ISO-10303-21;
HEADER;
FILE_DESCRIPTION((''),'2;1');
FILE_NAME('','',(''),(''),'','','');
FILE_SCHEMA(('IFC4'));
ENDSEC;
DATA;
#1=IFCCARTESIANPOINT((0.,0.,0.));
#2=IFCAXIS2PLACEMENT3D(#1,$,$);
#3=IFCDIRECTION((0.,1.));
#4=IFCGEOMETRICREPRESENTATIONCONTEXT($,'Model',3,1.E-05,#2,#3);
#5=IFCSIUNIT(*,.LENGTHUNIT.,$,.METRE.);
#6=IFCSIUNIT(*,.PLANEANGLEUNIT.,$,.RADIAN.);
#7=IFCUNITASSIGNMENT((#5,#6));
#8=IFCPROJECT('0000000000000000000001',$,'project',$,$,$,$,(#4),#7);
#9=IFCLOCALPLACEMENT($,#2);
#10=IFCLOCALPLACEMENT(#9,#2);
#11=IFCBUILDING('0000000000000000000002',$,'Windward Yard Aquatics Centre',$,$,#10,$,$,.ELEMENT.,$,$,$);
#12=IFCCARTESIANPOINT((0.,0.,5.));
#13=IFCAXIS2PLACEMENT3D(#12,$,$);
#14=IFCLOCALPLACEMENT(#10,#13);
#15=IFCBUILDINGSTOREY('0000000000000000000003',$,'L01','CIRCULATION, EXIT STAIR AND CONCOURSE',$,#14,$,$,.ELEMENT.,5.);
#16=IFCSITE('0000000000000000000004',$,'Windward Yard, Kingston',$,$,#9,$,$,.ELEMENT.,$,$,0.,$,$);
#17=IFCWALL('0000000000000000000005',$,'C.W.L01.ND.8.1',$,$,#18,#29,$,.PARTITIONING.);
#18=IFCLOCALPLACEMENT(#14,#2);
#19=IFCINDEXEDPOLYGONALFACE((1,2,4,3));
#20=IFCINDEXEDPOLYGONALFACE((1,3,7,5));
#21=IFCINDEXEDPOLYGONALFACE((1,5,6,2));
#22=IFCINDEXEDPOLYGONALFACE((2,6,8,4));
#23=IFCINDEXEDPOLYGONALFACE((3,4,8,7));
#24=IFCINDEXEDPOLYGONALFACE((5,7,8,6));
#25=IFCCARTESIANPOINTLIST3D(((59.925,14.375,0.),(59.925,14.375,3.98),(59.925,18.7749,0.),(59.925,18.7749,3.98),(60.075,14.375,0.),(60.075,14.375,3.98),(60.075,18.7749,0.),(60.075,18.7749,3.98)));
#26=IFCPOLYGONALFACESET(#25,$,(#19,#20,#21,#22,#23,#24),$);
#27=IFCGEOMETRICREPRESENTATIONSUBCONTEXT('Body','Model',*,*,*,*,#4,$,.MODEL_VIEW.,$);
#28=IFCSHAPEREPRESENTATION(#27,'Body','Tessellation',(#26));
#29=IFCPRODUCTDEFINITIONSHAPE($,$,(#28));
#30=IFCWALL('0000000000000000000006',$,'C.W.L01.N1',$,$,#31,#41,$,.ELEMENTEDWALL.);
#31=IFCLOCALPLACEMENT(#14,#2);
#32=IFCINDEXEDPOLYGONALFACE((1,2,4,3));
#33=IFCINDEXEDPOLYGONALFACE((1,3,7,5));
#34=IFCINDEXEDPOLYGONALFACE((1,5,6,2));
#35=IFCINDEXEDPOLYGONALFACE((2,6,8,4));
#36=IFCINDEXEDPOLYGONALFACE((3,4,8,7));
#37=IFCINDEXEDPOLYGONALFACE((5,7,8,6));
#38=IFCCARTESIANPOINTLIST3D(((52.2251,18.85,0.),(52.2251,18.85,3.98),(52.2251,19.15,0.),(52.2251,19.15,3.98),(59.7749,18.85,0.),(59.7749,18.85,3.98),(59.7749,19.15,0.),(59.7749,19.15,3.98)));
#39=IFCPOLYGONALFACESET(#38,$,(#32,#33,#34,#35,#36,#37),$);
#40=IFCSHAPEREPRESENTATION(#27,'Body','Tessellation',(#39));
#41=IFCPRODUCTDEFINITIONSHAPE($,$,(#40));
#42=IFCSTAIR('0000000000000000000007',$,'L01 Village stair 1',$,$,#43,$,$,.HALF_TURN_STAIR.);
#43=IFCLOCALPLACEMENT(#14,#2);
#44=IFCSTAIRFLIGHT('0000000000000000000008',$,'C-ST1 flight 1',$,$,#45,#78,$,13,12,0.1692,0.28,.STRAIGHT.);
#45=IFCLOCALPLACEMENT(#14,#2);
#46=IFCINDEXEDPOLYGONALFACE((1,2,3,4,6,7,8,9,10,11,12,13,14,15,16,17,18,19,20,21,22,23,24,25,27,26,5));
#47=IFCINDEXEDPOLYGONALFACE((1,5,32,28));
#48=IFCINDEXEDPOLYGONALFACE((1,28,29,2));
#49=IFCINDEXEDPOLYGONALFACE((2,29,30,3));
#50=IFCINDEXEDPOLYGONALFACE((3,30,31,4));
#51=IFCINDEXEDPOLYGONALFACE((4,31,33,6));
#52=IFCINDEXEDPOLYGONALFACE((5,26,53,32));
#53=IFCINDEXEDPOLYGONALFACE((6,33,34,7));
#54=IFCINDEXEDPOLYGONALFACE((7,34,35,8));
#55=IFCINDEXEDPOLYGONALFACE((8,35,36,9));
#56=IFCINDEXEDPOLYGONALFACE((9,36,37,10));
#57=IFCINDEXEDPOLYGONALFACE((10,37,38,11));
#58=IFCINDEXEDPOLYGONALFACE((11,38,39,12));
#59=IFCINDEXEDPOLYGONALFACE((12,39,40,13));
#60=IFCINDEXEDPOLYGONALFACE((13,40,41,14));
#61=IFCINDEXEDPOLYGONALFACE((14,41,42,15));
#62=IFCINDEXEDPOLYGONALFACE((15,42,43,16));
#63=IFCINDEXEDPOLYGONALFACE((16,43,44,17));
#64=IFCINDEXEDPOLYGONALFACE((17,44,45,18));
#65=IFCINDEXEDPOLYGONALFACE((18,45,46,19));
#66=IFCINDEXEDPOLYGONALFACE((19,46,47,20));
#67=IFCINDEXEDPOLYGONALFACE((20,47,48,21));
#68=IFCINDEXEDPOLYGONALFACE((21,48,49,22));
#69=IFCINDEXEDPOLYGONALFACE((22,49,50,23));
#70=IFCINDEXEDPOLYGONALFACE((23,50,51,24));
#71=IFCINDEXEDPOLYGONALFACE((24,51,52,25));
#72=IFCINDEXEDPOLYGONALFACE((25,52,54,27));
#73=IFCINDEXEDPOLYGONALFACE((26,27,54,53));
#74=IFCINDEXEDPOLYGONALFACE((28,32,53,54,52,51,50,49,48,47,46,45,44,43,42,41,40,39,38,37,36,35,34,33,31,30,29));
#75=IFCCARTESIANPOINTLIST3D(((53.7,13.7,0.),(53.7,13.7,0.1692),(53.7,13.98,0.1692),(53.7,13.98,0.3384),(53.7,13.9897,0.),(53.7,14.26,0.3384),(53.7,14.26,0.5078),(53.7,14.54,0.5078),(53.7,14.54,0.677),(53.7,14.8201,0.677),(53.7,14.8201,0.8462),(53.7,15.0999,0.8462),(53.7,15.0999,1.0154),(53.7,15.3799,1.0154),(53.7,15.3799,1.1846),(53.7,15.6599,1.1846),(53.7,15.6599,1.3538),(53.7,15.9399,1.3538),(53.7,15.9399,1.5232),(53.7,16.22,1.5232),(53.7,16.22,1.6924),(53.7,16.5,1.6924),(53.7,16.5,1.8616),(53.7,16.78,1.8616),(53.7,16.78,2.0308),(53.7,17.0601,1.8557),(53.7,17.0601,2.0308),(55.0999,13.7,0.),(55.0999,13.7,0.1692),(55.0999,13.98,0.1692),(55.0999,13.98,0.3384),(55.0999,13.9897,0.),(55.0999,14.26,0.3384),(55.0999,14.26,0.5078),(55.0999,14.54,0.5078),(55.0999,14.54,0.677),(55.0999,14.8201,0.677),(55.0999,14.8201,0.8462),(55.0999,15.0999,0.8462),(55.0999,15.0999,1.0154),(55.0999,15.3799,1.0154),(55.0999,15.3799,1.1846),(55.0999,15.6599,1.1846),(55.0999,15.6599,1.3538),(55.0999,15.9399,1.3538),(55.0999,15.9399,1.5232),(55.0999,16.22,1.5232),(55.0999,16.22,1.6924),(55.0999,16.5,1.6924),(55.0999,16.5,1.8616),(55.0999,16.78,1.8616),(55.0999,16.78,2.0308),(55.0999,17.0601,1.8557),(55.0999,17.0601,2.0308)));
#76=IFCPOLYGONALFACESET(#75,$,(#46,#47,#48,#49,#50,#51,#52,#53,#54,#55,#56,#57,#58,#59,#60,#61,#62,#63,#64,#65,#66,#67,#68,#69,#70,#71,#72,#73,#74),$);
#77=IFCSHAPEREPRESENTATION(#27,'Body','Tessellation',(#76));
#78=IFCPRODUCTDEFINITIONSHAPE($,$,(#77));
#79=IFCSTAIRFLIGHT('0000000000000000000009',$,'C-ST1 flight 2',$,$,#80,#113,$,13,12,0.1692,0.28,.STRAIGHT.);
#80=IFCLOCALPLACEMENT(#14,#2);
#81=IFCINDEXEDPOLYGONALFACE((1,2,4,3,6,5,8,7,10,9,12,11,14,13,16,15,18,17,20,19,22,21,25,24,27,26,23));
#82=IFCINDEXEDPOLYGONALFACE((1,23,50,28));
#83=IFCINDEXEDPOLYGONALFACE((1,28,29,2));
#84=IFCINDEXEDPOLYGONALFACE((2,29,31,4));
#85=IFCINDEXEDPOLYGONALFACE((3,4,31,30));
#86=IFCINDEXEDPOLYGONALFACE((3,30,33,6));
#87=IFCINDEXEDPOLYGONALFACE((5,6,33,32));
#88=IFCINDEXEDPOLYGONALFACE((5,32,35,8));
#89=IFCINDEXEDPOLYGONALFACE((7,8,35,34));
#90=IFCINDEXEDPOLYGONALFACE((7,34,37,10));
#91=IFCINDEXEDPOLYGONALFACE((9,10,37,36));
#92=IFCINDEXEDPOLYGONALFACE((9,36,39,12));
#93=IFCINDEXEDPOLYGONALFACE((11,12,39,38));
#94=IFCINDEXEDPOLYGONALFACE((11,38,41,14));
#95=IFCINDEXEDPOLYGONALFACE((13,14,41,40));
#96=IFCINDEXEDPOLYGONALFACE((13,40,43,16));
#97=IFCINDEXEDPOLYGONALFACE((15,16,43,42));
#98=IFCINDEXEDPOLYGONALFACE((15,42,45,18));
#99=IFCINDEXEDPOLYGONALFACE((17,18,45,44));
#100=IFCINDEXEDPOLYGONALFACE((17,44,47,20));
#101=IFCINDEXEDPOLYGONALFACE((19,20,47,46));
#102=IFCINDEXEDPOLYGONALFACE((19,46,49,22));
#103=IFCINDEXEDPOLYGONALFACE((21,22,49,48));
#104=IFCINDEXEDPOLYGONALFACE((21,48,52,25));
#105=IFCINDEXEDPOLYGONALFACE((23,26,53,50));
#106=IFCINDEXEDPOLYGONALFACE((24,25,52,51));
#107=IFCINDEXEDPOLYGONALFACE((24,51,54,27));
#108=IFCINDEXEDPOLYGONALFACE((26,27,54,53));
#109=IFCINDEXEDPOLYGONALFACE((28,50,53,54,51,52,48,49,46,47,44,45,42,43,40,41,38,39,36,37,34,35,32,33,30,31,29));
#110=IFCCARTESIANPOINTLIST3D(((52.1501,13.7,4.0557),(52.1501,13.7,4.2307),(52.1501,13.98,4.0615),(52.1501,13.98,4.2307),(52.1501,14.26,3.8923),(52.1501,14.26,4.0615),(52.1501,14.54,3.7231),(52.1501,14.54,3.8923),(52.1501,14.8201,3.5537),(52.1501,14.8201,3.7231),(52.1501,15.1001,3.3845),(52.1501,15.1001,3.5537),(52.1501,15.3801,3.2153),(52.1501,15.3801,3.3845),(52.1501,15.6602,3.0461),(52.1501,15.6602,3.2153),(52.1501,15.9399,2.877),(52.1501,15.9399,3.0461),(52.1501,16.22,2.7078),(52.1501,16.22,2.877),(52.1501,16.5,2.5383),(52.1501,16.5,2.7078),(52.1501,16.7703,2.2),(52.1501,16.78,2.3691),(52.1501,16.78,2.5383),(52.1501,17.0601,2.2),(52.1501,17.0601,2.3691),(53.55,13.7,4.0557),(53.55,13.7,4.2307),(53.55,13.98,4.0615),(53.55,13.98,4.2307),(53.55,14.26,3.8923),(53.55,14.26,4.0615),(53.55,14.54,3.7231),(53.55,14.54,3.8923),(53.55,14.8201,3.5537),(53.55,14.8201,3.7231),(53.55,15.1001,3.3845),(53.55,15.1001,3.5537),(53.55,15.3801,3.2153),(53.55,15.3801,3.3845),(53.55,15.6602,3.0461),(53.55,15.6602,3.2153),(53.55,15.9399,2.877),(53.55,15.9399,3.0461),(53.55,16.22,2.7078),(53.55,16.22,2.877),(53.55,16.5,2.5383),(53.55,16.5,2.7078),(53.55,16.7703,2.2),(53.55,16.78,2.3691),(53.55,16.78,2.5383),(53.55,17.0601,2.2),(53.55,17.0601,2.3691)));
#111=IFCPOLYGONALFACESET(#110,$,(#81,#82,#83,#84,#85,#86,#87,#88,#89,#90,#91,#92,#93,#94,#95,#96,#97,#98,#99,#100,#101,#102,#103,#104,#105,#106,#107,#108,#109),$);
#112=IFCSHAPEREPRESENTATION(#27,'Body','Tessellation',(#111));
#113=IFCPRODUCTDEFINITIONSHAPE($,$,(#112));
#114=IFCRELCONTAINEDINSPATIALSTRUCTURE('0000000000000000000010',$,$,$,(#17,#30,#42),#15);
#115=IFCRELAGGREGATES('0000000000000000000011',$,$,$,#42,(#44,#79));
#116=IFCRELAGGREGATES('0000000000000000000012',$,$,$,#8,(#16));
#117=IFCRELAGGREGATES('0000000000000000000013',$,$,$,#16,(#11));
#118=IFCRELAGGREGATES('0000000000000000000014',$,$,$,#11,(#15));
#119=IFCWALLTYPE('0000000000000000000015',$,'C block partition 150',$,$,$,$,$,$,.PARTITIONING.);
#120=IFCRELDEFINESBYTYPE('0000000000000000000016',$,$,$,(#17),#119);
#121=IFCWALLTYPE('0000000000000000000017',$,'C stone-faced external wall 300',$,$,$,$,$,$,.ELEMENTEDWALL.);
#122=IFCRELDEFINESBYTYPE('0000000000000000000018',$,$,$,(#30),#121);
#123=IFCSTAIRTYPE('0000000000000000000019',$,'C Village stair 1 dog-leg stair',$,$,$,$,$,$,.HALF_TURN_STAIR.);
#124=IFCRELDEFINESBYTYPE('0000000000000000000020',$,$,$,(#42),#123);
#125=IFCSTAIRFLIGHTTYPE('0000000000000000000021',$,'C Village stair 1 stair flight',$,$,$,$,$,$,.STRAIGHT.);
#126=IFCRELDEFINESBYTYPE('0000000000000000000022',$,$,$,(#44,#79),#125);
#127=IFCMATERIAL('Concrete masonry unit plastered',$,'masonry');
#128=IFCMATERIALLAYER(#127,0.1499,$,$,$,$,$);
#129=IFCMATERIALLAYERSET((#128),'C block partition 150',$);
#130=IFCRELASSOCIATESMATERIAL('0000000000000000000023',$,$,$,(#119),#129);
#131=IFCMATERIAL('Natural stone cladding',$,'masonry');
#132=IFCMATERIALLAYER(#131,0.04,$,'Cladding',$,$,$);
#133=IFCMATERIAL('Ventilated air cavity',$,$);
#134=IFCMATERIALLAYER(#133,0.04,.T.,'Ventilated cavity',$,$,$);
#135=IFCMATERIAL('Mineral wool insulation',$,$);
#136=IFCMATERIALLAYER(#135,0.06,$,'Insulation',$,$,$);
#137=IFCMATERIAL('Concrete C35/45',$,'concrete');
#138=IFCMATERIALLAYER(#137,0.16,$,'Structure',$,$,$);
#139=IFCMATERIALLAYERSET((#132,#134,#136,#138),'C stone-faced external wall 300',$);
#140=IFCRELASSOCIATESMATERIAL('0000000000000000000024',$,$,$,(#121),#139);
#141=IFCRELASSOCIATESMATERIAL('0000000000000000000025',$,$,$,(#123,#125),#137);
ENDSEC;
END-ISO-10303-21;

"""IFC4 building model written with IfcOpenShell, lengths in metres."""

from ifc_helpers import new_model, si_unit, direction, frame, frame_2d, origin, place, context, subcontext, project, spatial, polyline, rectangle, outline, extrude, material, layer, layer_set, type_object, element, aggregate, save


model = new_model("IFC4")

# Units and contexts
model_context = context("Model", 3, precision=1e-05, world=origin(), true_north=direction((0.0, 1.0)))
body_context = subcontext(model_context, "Body", "Model", "MODEL_VIEW")
ifc_project = project(units=[si_unit("LENGTHUNIT", "METRE"), si_unit("PLANEANGLEUNIT", "RADIAN")], contexts=[model_context])

# Site, building, storey
site_placement = place(None, origin())
site = spatial("IfcSite", under=ifc_project, at=site_placement, Name="Windward Yard, Kingston", CompositionType="ELEMENT", RefElevation=0.0)
building_placement = place(site_placement, origin())
building = spatial("IfcBuilding", under=site, at=building_placement, Name="Windward Yard Aquatics Centre", CompositionType="ELEMENT")
storey_placement = place(building_placement, frame((0.0, 0.0, 5.0)))
storey = spatial("IfcBuildingStorey", under=building, at=storey_placement, Name="L01", Description="CIRCULATION, EXIT STAIR AND CONCOURSE", CompositionType="ELEMENT", Elevation=5.0)

# Shared definitions
ifc_material_1 = material(Name="Concrete C35/45", Category="concrete")

# Shared definitions
ifc_material_2 = material(Name="Concrete masonry unit plastered", Category="masonry")
ifc_layer_1 = layer(ifc_material_2, 0.1499)
ifc_layer_set_1 = layer_set([ifc_layer_1], Name="C block partition 150")
wall_type_1 = type_object("IfcWallType", Name="C block partition 150", PredefinedType="PARTITIONING", material=ifc_layer_set_1)

# Walls
wall_1_placement = place(storey_placement, frame((60.0, 14.375, 0.0), z_axis=(0.0, 0.0, 1.0), x_axis=(0.0, 1.0, 0.0)))
element("IfcWall", 1, at=wall_1_placement, inside=storey, type_object=wall_type_1, Name="C.W.L01.ND.8.1", PredefinedType="PARTITIONING", context=body_context, shape_type="SweptSolid", body=[
    extrude(rectangle(XDim=4.3999, YDim=0.1499, at=frame_2d((2.2, 0.0))), origin(), (0.0, 0.0, 1.0), 3.98),
])
ifc_material_3 = material(Name="Natural stone cladding", Category="masonry")
ifc_layer_2 = layer(ifc_material_3, 0.04, Name="Cladding")
ifc_material_4 = material(Name="Ventilated air cavity")
ifc_layer_3 = layer(ifc_material_4, 0.04, ventilated=True, Name="Ventilated cavity")
ifc_material_5 = material(Name="Mineral wool insulation")
ifc_layer_4 = layer(ifc_material_5, 0.06, Name="Insulation")
ifc_layer_5 = layer(ifc_material_1, 0.16, Name="Structure")
ifc_layer_set_2 = layer_set([ifc_layer_2, ifc_layer_3, ifc_layer_4, ifc_layer_5], Name="C stone-faced external wall 300")
wall_type_2 = type_object("IfcWallType", Name="C stone-faced external wall 300", PredefinedType="ELEMENTEDWALL", material=ifc_layer_set_2)
wall_2_placement = place(storey_placement, frame((52.2251, 19.0, 0.0), z_axis=(0.0, 0.0, 1.0), x_axis=(1.0, 0.0, 0.0)))
element("IfcWall", 2, at=wall_2_placement, inside=storey, type_object=wall_type_2, Name="C.W.L01.N1", PredefinedType="ELEMENTEDWALL", context=body_context, shape_type="SweptSolid", body=[
    extrude(rectangle(XDim=7.5498, YDim=0.3, at=frame_2d((3.7749, 0.0))), origin(), (0.0, 0.0, 1.0), 3.98),
])

# Stair, stair flights
stair_type = type_object("IfcStairType", Name="C Village stair 1 dog-leg stair", PredefinedType="HALF_TURN_STAIR", material=ifc_material_1)
stair_placement = place(storey_placement, origin())
stair = element("IfcStair", 3, at=stair_placement, inside=storey, type_object=stair_type, Name="L01 Village stair 1", PredefinedType="HALF_TURN_STAIR")
stair_flight_type = type_object("IfcStairFlightType", Name="C Village stair 1 stair flight", PredefinedType="STRAIGHT", material=ifc_material_1)
stair_flight_1_placement = place(storey_placement, frame((54.3999, 13.7, 0.0), z_axis=(0.0, 0.0, 1.0), x_axis=(0.0, 1.0, 0.0)))
stair_flight_1 = element("IfcStairFlight", 4, at=stair_flight_1_placement, type_object=stair_flight_type, Name="C-ST1 flight 1", NumberOfRisers=13, NumberOfTreads=12, PredefinedType="STRAIGHT", RiserHeight=0.1692, TreadLength=0.28, context=body_context, shape_type="SweptSolid", body=[
    extrude(outline(polyline([(0.0, 0.0), (0.0, 0.1692), (0.28, 0.1692), (0.28, 0.3384), (0.5601, 0.3384), (0.5601, 0.5078), (0.8401, 0.5078), (0.8401, 0.677), (1.1201, 0.677), (1.1201, 0.8462), (1.3999, 0.8462), (1.3999, 1.0154), (1.6799, 1.0154), (1.6799, 1.1846), (1.96, 1.1846), (1.96, 1.3538), (2.24, 1.3538), (2.24, 1.5232), (2.52, 1.5232), (2.52, 1.6924), (2.8, 1.6924), (2.8, 1.8616), (3.0801, 1.8616), (3.0801, 2.0308), (3.3601, 2.0308), (3.3601, 2.2), (3.3601, 1.8557), (0.2898, 0.0), (0.0, 0.0)])), frame((0.0, 0.7, 0.0), z_axis=(0.0, -1.0, 0.0), x_axis=(1.0, 0.0, 0.0)), (0.0, 0.0, 1.0), 1.3999),
])
stair_flight_2_placement = place(storey_placement, frame((52.8501, 17.0601, 2.2), z_axis=(0.0, 0.0, 1.0), x_axis=(0.0, -1.0, 0.0)))
stair_flight_2 = element("IfcStairFlight", 5, at=stair_flight_2_placement, type_object=stair_flight_type, Name="C-ST1 flight 2", NumberOfRisers=13, NumberOfTreads=12, PredefinedType="STRAIGHT", RiserHeight=0.1692, TreadLength=0.28, context=body_context, shape_type="SweptSolid", body=[
    extrude(outline(polyline([(0.0, 0.0), (0.0, 0.1692), (0.28, 0.1692), (0.28, 0.3384), (0.5601, 0.3384), (0.5601, 0.5078), (0.8401, 0.5078), (0.8401, 0.677), (1.1201, 0.677), (1.1201, 0.8462), (1.3999, 0.8462), (1.3999, 1.0154), (1.6799, 1.0154), (1.6799, 1.1846), (1.96, 1.1846), (1.96, 1.3538), (2.24, 1.3538), (2.24, 1.5232), (2.52, 1.5232), (2.52, 1.6924), (2.8, 1.6924), (2.8, 1.8616), (3.0801, 1.8616), (3.0801, 2.0308), (3.3601, 2.0308), (3.3601, 2.2), (3.3601, 1.8557), (0.2898, 0.0), (0.0, 0.0)])), frame((0.0, 0.7, 0.0), z_axis=(0.0, -1.0, 0.0), x_axis=(1.0, 0.0, 0.0)), (0.0, 0.0, 1.0), 1.3999),
])
aggregate(stair, [stair_flight_1, stair_flight_2])

save(model, "model.ifc")
